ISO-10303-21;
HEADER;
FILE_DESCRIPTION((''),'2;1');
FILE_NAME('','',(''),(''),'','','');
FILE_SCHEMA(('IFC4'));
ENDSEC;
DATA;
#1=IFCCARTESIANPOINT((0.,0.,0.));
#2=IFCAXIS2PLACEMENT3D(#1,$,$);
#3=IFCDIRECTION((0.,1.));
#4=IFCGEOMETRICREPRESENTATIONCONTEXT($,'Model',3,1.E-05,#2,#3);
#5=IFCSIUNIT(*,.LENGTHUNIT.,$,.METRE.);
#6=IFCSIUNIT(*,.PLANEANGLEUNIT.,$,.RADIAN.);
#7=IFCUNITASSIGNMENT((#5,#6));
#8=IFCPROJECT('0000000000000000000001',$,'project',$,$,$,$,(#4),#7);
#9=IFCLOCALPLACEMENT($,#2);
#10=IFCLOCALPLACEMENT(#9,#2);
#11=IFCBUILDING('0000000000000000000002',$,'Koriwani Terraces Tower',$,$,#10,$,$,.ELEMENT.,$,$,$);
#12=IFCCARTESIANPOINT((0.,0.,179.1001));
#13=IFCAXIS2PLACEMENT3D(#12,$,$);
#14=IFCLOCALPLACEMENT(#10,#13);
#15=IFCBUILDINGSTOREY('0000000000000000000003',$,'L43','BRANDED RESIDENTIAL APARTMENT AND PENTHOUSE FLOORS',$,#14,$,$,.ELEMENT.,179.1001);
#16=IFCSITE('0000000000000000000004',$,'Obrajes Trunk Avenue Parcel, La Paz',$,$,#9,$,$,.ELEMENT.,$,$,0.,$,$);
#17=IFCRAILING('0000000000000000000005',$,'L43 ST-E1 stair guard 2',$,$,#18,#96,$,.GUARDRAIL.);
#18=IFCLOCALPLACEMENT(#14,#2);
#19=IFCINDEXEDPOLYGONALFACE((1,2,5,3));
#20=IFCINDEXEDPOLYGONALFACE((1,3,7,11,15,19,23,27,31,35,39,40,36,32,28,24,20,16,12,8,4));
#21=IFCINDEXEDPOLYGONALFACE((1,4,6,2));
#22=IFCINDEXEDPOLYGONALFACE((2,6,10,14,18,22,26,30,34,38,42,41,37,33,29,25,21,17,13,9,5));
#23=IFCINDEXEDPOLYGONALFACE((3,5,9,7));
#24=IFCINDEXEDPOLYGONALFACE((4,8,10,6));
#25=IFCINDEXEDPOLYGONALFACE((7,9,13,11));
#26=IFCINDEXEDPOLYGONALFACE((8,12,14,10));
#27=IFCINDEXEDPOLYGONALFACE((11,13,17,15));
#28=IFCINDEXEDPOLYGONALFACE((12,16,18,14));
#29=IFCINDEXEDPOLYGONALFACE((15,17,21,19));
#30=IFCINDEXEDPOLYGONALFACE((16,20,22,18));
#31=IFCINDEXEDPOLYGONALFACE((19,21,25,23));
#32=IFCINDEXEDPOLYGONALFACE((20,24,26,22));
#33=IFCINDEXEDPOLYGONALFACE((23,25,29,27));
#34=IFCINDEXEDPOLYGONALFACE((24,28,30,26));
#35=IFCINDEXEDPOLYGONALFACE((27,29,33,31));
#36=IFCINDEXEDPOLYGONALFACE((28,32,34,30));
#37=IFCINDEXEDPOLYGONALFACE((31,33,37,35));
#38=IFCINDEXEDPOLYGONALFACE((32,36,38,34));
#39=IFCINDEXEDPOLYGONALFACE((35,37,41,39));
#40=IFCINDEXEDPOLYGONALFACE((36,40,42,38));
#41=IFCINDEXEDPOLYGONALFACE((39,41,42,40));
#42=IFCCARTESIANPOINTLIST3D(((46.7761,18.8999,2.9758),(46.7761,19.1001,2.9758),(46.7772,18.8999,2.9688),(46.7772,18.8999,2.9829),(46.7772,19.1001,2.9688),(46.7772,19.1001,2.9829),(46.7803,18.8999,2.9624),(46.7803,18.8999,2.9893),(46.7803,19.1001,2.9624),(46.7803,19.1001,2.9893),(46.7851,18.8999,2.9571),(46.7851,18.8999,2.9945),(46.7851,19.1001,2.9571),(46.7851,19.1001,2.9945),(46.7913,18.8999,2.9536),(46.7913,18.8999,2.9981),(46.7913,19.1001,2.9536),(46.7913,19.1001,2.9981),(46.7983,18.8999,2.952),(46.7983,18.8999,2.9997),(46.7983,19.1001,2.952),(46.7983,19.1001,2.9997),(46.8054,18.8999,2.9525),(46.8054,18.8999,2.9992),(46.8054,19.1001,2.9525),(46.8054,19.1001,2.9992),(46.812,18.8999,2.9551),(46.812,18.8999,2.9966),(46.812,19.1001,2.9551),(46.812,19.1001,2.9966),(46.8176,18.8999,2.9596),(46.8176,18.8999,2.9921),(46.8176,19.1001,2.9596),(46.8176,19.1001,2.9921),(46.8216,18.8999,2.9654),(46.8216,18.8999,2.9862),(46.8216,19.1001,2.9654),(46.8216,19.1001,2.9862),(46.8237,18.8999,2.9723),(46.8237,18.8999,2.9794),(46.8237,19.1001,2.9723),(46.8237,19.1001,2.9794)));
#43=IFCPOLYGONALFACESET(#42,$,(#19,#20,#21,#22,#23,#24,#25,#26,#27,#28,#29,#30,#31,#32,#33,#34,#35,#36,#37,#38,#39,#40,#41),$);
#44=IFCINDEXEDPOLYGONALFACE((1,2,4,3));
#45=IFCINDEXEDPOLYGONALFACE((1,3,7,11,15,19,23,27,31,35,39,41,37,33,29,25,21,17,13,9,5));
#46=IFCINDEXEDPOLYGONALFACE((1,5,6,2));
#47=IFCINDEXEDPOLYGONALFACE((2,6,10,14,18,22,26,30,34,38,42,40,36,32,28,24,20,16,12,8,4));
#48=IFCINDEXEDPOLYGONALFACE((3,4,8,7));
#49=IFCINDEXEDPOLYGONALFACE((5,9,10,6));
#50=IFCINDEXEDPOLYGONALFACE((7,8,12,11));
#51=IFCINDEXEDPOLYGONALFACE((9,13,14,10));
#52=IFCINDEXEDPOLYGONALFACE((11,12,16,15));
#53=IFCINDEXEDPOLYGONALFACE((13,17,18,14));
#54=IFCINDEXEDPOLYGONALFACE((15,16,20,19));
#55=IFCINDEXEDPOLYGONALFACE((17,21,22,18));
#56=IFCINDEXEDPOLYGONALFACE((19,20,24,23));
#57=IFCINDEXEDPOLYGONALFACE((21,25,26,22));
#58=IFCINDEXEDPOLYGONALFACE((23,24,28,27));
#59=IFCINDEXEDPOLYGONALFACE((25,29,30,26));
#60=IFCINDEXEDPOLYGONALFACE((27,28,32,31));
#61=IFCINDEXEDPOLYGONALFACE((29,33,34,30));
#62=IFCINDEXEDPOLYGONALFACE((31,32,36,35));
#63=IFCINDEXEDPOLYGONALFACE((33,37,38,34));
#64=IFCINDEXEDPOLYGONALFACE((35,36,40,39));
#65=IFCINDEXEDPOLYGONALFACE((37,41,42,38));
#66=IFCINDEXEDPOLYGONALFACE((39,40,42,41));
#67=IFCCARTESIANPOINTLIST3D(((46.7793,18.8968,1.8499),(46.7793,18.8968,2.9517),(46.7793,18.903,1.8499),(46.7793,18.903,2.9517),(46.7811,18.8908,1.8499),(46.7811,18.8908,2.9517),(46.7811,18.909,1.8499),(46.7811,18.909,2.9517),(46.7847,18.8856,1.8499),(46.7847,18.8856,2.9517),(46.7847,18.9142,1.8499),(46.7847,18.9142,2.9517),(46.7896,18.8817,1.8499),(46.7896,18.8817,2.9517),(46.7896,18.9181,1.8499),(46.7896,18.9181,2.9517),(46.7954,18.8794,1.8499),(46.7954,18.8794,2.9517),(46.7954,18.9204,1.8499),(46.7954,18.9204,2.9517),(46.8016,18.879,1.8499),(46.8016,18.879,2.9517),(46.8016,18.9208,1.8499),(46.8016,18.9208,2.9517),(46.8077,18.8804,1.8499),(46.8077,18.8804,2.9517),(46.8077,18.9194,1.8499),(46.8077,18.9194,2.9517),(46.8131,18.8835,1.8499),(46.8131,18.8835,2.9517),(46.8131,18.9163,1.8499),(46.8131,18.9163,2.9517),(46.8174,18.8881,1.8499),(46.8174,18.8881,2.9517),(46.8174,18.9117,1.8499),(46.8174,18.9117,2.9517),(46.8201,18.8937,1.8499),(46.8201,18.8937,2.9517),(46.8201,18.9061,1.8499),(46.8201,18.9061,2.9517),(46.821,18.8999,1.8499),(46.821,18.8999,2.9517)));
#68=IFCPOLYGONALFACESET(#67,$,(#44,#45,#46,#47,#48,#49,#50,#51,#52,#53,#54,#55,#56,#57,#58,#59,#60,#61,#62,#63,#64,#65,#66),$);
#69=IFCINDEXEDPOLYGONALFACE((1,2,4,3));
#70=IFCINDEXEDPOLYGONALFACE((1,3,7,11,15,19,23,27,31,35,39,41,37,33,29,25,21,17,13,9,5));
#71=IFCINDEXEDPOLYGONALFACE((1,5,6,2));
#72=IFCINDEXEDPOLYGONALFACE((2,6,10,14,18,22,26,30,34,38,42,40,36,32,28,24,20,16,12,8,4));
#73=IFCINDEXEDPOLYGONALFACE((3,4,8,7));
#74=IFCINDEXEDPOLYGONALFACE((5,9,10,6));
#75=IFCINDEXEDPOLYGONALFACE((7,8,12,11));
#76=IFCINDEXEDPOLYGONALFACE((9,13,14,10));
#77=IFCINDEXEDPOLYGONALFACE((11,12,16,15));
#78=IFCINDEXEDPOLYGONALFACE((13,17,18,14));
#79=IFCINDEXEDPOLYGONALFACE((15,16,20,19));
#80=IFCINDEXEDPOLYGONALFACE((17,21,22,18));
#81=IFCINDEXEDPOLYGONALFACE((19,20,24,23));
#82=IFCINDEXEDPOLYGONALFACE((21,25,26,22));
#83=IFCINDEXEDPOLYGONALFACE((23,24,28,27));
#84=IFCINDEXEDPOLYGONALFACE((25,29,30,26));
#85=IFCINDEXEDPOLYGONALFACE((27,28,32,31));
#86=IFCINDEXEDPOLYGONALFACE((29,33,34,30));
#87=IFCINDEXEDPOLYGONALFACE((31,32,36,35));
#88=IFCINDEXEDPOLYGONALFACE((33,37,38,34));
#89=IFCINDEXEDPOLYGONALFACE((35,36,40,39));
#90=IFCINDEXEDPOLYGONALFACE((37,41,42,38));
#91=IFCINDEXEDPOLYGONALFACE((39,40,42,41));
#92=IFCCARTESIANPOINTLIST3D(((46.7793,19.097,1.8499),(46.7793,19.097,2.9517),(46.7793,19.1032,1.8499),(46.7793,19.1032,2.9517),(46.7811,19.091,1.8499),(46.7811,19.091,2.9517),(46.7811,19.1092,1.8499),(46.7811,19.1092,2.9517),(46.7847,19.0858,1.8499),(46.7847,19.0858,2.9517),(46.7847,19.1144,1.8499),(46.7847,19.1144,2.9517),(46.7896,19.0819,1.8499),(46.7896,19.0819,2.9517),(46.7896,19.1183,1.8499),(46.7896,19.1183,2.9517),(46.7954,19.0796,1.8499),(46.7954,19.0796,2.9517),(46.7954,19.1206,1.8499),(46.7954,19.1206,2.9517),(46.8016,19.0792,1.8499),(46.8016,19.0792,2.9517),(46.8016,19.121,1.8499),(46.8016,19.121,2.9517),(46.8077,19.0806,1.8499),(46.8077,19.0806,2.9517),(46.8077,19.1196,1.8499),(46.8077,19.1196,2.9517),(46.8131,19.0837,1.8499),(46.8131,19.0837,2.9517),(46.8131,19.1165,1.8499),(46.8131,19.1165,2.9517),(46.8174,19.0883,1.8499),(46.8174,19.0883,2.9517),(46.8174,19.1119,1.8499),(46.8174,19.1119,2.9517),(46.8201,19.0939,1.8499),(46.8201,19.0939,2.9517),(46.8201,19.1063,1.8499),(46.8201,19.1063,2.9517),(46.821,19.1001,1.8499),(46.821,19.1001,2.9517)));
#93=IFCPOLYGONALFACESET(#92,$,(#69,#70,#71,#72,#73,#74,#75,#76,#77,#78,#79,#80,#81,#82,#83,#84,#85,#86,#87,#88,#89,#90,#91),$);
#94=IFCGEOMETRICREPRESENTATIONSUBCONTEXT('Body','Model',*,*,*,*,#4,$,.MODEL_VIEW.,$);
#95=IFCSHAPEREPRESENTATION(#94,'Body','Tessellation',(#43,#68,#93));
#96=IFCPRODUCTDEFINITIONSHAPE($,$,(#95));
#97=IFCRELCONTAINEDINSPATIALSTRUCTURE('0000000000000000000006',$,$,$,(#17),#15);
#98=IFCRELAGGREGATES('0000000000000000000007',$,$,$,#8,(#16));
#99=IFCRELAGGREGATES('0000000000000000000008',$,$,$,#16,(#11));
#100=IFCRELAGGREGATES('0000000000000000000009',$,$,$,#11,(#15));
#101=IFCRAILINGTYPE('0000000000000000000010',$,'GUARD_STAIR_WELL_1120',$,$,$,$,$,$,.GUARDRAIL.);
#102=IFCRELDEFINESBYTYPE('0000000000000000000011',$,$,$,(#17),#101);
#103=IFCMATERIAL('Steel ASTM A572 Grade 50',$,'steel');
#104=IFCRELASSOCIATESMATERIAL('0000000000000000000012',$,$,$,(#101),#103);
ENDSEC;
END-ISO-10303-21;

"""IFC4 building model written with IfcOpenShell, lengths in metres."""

from ifc_helpers import new_model, si_unit, direction, frame, origin, origin_2d, place, context, subcontext, project, spatial, circle, extrude, material, type_object, element, save


model = new_model("IFC4")

# Units and contexts
model_context = context("Model", 3, precision=1e-05, world=origin(), true_north=direction((0.0, 1.0)))
body_context = subcontext(model_context, "Body", "Model", "MODEL_VIEW")
ifc_project = project(units=[si_unit("LENGTHUNIT", "METRE"), si_unit("PLANEANGLEUNIT", "RADIAN")], contexts=[model_context])

# Site, building, storey
site_placement = place(None, origin())
site = spatial("IfcSite", under=ifc_project, at=site_placement, Name="Obrajes Trunk Avenue Parcel, La Paz", CompositionType="ELEMENT", RefElevation=0.0)
building_placement = place(site_placement, origin())
building = spatial("IfcBuilding", under=site, at=building_placement, Name="Koriwani Terraces Tower", CompositionType="ELEMENT")
storey_placement = place(building_placement, frame((0.0, 0.0, 179.1001)))
storey = spatial("IfcBuildingStorey", under=building, at=storey_placement, Name="L43", Description="BRANDED RESIDENTIAL APARTMENT AND PENTHOUSE FLOORS", CompositionType="ELEMENT", Elevation=179.1001)

# Shared definitions
ifc_material_1 = material(Name="Steel ASTM A572 Grade 50", Category="steel")

# Railing
railing_type_1 = type_object("IfcRailingType", Name="GUARD_STAIR_WELL_1120", PredefinedType="GUARDRAIL", material=ifc_material_1)
railing_1_placement = place(storey_placement, frame((46.8, 18.8999, 1.8499)))
element("IfcRailing", 1, at=railing_1_placement, inside=storey, type_object=railing_type_1, Name="L43 ST-E1 stair guard 2", PredefinedType="GUARDRAIL", context=body_context, shape_type="SweptSolid", body=[
    extrude(circle(Radius=0.0239, at=origin_2d()), frame((0.0, 0.0, 1.126), z_axis=(0.0, 1.0, 0.0), x_axis=(-1.0, 0.0, 0.0)), (0.0, 0.0, 1.0), 0.2002),
    extrude(circle(Radius=0.021, at=origin_2d()), origin(), (0.0, 0.0, 1.0), 1.1018),
    extrude(circle(Radius=0.021, at=origin_2d()), frame((0.0, 0.2002, 0.0)), (0.0, 0.0, 1.0), 1.1018),
])

save(model, "model.ifc")
